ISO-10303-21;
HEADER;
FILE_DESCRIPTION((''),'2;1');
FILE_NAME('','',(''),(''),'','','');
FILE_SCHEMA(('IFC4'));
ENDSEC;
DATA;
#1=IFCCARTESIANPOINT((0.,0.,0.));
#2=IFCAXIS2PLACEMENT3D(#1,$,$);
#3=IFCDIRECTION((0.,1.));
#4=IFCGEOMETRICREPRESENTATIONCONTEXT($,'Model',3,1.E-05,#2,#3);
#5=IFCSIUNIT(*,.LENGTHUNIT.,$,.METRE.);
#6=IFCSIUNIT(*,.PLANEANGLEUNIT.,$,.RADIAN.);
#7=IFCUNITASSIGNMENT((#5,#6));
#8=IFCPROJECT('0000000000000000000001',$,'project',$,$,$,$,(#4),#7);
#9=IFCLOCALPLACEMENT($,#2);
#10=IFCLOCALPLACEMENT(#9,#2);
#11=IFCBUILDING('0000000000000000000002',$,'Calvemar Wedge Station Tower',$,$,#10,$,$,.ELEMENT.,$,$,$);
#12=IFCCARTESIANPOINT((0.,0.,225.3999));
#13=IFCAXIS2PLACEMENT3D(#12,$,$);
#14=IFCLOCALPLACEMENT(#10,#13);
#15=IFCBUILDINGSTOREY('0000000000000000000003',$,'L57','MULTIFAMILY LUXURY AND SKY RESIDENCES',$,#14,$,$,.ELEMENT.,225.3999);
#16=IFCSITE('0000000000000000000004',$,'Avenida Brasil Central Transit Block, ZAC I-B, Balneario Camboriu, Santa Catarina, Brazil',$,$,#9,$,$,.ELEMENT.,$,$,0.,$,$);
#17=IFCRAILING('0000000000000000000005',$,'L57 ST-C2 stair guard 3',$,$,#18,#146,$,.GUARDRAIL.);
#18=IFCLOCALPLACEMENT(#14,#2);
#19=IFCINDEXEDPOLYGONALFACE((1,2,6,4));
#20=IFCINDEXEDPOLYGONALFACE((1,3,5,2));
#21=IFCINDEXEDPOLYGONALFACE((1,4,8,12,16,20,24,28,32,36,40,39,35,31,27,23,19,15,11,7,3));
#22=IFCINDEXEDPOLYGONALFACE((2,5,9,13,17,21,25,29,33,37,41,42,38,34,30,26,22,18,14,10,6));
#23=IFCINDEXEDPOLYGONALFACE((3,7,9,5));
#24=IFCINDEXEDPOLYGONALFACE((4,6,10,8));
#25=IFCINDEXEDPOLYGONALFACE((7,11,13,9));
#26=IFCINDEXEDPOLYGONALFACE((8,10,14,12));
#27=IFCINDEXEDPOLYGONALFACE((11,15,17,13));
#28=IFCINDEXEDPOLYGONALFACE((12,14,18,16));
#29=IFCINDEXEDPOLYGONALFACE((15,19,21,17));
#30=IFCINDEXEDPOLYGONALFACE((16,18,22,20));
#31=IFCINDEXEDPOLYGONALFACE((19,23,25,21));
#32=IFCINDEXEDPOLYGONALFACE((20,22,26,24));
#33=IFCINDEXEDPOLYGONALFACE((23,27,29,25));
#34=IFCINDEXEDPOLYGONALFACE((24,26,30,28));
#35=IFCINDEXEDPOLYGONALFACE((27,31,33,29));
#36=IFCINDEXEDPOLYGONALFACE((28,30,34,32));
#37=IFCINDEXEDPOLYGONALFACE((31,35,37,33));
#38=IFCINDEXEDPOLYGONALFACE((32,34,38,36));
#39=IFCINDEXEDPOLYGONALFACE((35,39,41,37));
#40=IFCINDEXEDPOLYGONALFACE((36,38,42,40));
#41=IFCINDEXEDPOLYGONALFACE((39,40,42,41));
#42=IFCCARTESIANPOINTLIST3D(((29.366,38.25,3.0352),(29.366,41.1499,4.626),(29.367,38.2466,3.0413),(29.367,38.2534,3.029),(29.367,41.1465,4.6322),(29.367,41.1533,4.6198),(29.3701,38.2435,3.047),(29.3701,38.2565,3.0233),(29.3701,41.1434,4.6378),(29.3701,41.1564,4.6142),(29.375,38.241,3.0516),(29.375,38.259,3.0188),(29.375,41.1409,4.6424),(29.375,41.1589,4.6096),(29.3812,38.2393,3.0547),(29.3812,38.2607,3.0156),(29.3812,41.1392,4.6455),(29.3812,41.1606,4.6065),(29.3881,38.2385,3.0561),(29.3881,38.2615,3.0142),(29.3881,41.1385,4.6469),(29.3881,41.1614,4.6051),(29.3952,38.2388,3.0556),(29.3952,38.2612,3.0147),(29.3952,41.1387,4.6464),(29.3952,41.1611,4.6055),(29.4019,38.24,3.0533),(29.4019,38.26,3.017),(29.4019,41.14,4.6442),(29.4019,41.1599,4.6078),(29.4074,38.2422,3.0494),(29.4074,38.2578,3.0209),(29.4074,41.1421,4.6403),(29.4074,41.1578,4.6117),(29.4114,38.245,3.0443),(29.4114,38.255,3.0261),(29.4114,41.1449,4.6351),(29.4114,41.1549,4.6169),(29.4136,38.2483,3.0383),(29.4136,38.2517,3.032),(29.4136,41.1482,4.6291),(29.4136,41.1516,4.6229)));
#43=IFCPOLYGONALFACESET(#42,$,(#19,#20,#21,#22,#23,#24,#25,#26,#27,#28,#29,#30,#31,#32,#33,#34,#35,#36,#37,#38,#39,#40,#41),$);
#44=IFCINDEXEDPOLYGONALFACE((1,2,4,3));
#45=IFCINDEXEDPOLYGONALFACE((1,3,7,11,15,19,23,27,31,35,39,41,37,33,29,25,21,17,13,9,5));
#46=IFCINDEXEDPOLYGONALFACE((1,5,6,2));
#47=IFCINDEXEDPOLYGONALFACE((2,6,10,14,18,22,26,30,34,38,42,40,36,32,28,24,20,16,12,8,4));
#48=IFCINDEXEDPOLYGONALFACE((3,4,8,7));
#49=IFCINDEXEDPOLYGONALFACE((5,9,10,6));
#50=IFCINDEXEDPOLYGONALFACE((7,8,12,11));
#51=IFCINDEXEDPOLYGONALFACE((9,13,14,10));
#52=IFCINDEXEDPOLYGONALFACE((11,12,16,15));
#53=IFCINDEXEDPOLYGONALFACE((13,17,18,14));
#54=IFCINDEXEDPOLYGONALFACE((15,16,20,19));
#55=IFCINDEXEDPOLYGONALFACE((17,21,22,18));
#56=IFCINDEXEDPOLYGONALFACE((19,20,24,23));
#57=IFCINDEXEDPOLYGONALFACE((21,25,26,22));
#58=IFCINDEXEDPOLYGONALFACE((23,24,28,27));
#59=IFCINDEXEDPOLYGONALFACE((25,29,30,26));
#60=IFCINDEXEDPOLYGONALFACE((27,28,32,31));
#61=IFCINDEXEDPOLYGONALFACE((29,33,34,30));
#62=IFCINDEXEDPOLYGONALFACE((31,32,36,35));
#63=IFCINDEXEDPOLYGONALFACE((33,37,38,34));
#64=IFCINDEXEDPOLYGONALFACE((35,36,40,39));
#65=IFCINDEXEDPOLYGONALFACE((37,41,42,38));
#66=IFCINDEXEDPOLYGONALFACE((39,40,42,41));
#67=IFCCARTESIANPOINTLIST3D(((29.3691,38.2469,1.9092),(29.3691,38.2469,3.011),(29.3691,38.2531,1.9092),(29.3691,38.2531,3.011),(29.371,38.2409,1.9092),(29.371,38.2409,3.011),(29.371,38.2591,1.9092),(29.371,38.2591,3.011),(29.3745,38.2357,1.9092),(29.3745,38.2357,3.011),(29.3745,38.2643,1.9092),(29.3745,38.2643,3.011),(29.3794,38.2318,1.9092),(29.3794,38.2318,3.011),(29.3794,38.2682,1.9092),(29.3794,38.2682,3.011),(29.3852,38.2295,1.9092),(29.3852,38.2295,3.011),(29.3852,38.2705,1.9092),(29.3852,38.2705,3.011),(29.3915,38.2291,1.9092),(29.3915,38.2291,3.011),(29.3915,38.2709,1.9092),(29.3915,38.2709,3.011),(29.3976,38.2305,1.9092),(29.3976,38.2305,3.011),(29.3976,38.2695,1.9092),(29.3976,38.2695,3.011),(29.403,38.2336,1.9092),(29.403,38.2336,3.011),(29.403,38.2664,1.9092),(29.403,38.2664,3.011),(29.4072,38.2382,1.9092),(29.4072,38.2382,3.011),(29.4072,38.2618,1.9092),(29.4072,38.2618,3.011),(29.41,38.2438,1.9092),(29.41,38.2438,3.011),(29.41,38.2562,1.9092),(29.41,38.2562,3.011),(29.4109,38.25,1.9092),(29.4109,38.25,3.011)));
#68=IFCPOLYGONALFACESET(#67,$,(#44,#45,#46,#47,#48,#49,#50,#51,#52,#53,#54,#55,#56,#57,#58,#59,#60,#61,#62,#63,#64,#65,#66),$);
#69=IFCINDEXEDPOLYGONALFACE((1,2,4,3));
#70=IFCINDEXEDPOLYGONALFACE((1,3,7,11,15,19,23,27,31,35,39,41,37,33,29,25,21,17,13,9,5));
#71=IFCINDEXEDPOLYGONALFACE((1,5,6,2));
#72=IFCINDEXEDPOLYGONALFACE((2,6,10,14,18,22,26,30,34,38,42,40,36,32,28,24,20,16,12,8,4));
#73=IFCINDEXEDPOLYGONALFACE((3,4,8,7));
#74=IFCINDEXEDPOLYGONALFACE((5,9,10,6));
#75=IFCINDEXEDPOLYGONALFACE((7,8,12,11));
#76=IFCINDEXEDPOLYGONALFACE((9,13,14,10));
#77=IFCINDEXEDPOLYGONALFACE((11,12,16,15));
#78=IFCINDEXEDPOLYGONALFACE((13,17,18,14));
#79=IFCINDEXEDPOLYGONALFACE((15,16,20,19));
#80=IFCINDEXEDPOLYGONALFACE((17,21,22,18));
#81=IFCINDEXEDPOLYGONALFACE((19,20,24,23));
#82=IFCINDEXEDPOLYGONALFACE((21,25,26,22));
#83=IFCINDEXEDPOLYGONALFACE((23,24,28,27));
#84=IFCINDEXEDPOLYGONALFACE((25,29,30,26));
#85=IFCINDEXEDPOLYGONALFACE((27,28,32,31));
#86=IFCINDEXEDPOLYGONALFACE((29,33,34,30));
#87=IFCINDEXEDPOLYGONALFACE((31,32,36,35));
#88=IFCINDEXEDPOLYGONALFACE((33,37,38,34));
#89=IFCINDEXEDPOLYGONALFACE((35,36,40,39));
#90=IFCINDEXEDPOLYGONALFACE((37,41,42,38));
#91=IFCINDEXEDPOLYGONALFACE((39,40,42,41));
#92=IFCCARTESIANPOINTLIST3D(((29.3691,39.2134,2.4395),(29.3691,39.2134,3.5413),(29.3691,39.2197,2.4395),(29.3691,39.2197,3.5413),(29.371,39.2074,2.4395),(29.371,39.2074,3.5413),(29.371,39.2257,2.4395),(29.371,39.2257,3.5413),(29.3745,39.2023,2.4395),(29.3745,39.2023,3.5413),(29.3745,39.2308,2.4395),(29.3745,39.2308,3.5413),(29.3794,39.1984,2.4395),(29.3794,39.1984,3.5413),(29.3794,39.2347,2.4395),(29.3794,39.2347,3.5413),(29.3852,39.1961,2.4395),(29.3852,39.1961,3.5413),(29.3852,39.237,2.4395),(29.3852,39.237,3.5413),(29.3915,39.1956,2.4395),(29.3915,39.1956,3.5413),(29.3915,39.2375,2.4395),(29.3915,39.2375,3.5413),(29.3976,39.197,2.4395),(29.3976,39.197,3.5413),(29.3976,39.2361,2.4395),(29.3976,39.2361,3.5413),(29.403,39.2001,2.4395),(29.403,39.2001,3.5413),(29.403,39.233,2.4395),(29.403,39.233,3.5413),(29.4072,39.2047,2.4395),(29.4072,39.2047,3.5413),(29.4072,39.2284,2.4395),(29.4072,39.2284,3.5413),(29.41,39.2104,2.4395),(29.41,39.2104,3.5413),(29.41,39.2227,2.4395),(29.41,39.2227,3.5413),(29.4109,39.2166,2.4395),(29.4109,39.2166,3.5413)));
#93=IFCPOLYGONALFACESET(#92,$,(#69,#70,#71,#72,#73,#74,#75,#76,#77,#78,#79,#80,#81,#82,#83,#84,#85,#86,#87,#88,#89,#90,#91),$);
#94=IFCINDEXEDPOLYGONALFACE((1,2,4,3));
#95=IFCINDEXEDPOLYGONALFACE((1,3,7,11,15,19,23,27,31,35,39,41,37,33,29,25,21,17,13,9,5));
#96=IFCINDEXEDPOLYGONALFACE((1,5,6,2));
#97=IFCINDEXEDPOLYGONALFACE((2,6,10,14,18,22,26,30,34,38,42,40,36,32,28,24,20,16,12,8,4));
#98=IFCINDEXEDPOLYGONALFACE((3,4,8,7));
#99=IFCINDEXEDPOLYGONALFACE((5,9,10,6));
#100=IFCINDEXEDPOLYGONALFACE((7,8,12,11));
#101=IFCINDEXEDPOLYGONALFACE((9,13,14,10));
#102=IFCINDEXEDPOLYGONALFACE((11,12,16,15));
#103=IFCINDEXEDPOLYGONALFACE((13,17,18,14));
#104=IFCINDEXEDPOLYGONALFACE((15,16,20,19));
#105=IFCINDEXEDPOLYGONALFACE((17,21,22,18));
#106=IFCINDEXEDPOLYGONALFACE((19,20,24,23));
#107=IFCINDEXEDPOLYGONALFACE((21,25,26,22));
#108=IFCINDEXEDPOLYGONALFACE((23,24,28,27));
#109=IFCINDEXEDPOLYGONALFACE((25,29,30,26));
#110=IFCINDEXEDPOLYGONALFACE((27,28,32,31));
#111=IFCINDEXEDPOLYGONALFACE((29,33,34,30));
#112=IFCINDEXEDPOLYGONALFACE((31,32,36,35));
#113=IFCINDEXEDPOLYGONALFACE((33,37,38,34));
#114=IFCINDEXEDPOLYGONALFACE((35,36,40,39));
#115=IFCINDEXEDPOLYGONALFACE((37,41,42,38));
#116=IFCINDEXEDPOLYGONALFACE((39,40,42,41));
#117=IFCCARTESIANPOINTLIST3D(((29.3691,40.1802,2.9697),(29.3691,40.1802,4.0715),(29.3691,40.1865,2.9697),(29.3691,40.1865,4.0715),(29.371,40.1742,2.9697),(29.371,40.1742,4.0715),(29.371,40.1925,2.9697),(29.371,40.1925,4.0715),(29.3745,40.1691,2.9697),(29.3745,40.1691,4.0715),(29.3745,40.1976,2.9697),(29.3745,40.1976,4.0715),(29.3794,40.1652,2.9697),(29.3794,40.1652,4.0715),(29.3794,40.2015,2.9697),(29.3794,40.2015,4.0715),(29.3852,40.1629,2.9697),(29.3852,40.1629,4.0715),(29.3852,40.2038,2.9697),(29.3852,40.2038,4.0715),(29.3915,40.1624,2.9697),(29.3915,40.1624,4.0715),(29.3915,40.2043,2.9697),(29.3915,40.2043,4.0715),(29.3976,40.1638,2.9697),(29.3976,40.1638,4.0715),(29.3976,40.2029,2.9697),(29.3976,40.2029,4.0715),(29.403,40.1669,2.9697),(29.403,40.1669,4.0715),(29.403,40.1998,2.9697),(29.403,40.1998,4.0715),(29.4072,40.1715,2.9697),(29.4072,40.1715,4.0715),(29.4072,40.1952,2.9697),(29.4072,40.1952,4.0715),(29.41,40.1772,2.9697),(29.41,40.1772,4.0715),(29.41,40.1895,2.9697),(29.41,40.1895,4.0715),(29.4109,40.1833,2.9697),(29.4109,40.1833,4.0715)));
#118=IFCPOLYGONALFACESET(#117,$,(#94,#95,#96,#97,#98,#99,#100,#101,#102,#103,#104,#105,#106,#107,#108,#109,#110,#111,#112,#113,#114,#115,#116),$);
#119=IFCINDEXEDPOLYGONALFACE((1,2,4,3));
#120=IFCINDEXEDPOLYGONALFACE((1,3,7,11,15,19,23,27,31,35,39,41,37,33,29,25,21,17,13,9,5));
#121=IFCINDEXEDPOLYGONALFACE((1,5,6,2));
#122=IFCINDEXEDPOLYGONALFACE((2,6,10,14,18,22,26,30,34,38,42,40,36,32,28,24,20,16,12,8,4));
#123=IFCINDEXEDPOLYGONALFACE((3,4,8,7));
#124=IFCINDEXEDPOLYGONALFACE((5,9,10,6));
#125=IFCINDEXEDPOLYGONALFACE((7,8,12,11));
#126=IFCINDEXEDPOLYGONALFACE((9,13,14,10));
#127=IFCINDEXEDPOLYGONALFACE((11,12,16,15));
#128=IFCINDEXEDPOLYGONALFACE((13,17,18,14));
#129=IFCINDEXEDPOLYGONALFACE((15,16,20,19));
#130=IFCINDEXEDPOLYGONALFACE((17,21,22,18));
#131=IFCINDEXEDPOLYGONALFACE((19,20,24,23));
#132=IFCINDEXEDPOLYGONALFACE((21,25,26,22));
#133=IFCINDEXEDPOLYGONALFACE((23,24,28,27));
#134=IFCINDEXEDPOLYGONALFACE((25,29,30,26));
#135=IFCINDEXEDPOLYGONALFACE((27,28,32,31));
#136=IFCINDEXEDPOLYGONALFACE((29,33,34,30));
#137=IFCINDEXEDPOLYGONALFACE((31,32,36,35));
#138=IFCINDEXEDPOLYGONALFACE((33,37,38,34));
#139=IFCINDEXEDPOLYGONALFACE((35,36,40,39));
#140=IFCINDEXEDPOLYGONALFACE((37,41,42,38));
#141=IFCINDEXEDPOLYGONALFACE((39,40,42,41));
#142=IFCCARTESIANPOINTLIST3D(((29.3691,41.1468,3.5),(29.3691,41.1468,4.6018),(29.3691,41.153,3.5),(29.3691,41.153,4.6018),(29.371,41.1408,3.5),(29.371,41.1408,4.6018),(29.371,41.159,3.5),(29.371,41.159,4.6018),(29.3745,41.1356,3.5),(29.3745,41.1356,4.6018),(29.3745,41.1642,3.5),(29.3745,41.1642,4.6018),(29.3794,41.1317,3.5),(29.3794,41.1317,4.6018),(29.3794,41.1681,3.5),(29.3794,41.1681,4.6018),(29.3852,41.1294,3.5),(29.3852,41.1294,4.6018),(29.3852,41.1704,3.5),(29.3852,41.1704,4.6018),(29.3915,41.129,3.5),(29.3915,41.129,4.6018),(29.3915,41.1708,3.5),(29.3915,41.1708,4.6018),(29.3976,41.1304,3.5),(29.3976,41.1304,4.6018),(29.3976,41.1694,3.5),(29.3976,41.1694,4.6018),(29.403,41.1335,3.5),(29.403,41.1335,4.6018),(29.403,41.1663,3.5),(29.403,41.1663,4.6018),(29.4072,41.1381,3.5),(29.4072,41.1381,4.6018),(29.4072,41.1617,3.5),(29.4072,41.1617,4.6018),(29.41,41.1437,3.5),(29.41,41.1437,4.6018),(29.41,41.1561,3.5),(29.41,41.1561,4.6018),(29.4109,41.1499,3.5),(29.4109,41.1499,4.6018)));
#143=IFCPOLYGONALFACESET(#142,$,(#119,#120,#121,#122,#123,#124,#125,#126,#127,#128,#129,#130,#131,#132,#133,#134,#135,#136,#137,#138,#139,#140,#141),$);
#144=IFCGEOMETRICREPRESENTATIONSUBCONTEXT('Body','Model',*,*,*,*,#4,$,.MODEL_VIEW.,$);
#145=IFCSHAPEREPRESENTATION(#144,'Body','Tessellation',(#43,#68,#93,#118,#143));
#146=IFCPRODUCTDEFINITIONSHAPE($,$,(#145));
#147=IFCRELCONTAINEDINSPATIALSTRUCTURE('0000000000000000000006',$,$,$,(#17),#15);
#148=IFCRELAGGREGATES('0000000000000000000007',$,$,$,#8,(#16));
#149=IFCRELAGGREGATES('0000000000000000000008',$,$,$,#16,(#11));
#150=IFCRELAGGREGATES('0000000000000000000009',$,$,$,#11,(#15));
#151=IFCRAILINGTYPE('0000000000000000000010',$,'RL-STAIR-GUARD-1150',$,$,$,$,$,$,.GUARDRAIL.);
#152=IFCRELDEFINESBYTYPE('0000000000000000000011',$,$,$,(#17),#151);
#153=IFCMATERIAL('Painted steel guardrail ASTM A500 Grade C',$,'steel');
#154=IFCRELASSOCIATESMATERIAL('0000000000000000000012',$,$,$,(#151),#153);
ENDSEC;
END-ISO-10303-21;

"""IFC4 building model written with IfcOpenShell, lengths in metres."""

from ifc_helpers import new_model, si_unit, direction, frame, origin, origin_2d, place, context, subcontext, project, spatial, circle, extrude, material, type_object, element, save


model = new_model("IFC4")

# Units and contexts
model_context = context("Model", 3, precision=1e-05, world=origin(), true_north=direction((0.0, 1.0)))
body_context = subcontext(model_context, "Body", "Model", "MODEL_VIEW")
ifc_project = project(units=[si_unit("LENGTHUNIT", "METRE"), si_unit("PLANEANGLEUNIT", "RADIAN")], contexts=[model_context])

# Site, building, storey
site_placement = place(None, origin())
site = spatial("IfcSite", under=ifc_project, at=site_placement, Name="Avenida Brasil Central Transit Block, ZAC I-B, Balneario Camboriu, Santa Catarina, Brazil", CompositionType="ELEMENT", RefElevation=0.0)
building_placement = place(site_placement, origin())
building = spatial("IfcBuilding", under=site, at=building_placement, Name="Calvemar Wedge Station Tower", CompositionType="ELEMENT")
storey_placement = place(building_placement, frame((0.0, 0.0, 225.3999)))
storey = spatial("IfcBuildingStorey", under=building, at=storey_placement, Name="L57", Description="MULTIFAMILY LUXURY AND SKY RESIDENCES", CompositionType="ELEMENT", Elevation=225.3999)

# Railing
ifc_material_1 = material(Name="Painted steel guardrail ASTM A500 Grade C", Category="steel")
railing_type_1 = type_object("IfcRailingType", Name="RL-STAIR-GUARD-1150", PredefinedType="GUARDRAIL", material=ifc_material_1)
railing_1_placement = place(storey_placement, frame((29.3899, 38.25, 1.9092)))
element("IfcRailing", 1, at=railing_1_placement, inside=storey, type_object=railing_type_1, Name="L57 ST-C2 stair guard 3", PredefinedType="GUARDRAIL", context=body_context, shape_type="SweptSolid", body=[
    extrude(circle(Radius=0.0239, at=origin_2d()), frame((0.0, 0.0, 1.126), z_axis=(0.0, 0.876742, 0.480961), x_axis=(-1.0, 0.0, 0.0)), (0.0, 0.0, 1.0), 3.3076),
    extrude(circle(Radius=0.021, at=origin_2d()), origin(), (0.0, 0.0, 1.0), 1.1018),
    extrude(circle(Radius=0.021, at=origin_2d()), frame((0.0, 0.9666, 0.5303)), (0.0, 0.0, 1.0), 1.1018),
    extrude(circle(Radius=0.021, at=origin_2d()), frame((0.0, 1.9333, 1.0605)), (0.0, 0.0, 1.0), 1.1018),
    extrude(circle(Radius=0.021, at=origin_2d()), frame((0.0, 2.8999, 1.5908)), (0.0, 0.0, 1.0), 1.1018),
])

save(model, "model.ifc")
